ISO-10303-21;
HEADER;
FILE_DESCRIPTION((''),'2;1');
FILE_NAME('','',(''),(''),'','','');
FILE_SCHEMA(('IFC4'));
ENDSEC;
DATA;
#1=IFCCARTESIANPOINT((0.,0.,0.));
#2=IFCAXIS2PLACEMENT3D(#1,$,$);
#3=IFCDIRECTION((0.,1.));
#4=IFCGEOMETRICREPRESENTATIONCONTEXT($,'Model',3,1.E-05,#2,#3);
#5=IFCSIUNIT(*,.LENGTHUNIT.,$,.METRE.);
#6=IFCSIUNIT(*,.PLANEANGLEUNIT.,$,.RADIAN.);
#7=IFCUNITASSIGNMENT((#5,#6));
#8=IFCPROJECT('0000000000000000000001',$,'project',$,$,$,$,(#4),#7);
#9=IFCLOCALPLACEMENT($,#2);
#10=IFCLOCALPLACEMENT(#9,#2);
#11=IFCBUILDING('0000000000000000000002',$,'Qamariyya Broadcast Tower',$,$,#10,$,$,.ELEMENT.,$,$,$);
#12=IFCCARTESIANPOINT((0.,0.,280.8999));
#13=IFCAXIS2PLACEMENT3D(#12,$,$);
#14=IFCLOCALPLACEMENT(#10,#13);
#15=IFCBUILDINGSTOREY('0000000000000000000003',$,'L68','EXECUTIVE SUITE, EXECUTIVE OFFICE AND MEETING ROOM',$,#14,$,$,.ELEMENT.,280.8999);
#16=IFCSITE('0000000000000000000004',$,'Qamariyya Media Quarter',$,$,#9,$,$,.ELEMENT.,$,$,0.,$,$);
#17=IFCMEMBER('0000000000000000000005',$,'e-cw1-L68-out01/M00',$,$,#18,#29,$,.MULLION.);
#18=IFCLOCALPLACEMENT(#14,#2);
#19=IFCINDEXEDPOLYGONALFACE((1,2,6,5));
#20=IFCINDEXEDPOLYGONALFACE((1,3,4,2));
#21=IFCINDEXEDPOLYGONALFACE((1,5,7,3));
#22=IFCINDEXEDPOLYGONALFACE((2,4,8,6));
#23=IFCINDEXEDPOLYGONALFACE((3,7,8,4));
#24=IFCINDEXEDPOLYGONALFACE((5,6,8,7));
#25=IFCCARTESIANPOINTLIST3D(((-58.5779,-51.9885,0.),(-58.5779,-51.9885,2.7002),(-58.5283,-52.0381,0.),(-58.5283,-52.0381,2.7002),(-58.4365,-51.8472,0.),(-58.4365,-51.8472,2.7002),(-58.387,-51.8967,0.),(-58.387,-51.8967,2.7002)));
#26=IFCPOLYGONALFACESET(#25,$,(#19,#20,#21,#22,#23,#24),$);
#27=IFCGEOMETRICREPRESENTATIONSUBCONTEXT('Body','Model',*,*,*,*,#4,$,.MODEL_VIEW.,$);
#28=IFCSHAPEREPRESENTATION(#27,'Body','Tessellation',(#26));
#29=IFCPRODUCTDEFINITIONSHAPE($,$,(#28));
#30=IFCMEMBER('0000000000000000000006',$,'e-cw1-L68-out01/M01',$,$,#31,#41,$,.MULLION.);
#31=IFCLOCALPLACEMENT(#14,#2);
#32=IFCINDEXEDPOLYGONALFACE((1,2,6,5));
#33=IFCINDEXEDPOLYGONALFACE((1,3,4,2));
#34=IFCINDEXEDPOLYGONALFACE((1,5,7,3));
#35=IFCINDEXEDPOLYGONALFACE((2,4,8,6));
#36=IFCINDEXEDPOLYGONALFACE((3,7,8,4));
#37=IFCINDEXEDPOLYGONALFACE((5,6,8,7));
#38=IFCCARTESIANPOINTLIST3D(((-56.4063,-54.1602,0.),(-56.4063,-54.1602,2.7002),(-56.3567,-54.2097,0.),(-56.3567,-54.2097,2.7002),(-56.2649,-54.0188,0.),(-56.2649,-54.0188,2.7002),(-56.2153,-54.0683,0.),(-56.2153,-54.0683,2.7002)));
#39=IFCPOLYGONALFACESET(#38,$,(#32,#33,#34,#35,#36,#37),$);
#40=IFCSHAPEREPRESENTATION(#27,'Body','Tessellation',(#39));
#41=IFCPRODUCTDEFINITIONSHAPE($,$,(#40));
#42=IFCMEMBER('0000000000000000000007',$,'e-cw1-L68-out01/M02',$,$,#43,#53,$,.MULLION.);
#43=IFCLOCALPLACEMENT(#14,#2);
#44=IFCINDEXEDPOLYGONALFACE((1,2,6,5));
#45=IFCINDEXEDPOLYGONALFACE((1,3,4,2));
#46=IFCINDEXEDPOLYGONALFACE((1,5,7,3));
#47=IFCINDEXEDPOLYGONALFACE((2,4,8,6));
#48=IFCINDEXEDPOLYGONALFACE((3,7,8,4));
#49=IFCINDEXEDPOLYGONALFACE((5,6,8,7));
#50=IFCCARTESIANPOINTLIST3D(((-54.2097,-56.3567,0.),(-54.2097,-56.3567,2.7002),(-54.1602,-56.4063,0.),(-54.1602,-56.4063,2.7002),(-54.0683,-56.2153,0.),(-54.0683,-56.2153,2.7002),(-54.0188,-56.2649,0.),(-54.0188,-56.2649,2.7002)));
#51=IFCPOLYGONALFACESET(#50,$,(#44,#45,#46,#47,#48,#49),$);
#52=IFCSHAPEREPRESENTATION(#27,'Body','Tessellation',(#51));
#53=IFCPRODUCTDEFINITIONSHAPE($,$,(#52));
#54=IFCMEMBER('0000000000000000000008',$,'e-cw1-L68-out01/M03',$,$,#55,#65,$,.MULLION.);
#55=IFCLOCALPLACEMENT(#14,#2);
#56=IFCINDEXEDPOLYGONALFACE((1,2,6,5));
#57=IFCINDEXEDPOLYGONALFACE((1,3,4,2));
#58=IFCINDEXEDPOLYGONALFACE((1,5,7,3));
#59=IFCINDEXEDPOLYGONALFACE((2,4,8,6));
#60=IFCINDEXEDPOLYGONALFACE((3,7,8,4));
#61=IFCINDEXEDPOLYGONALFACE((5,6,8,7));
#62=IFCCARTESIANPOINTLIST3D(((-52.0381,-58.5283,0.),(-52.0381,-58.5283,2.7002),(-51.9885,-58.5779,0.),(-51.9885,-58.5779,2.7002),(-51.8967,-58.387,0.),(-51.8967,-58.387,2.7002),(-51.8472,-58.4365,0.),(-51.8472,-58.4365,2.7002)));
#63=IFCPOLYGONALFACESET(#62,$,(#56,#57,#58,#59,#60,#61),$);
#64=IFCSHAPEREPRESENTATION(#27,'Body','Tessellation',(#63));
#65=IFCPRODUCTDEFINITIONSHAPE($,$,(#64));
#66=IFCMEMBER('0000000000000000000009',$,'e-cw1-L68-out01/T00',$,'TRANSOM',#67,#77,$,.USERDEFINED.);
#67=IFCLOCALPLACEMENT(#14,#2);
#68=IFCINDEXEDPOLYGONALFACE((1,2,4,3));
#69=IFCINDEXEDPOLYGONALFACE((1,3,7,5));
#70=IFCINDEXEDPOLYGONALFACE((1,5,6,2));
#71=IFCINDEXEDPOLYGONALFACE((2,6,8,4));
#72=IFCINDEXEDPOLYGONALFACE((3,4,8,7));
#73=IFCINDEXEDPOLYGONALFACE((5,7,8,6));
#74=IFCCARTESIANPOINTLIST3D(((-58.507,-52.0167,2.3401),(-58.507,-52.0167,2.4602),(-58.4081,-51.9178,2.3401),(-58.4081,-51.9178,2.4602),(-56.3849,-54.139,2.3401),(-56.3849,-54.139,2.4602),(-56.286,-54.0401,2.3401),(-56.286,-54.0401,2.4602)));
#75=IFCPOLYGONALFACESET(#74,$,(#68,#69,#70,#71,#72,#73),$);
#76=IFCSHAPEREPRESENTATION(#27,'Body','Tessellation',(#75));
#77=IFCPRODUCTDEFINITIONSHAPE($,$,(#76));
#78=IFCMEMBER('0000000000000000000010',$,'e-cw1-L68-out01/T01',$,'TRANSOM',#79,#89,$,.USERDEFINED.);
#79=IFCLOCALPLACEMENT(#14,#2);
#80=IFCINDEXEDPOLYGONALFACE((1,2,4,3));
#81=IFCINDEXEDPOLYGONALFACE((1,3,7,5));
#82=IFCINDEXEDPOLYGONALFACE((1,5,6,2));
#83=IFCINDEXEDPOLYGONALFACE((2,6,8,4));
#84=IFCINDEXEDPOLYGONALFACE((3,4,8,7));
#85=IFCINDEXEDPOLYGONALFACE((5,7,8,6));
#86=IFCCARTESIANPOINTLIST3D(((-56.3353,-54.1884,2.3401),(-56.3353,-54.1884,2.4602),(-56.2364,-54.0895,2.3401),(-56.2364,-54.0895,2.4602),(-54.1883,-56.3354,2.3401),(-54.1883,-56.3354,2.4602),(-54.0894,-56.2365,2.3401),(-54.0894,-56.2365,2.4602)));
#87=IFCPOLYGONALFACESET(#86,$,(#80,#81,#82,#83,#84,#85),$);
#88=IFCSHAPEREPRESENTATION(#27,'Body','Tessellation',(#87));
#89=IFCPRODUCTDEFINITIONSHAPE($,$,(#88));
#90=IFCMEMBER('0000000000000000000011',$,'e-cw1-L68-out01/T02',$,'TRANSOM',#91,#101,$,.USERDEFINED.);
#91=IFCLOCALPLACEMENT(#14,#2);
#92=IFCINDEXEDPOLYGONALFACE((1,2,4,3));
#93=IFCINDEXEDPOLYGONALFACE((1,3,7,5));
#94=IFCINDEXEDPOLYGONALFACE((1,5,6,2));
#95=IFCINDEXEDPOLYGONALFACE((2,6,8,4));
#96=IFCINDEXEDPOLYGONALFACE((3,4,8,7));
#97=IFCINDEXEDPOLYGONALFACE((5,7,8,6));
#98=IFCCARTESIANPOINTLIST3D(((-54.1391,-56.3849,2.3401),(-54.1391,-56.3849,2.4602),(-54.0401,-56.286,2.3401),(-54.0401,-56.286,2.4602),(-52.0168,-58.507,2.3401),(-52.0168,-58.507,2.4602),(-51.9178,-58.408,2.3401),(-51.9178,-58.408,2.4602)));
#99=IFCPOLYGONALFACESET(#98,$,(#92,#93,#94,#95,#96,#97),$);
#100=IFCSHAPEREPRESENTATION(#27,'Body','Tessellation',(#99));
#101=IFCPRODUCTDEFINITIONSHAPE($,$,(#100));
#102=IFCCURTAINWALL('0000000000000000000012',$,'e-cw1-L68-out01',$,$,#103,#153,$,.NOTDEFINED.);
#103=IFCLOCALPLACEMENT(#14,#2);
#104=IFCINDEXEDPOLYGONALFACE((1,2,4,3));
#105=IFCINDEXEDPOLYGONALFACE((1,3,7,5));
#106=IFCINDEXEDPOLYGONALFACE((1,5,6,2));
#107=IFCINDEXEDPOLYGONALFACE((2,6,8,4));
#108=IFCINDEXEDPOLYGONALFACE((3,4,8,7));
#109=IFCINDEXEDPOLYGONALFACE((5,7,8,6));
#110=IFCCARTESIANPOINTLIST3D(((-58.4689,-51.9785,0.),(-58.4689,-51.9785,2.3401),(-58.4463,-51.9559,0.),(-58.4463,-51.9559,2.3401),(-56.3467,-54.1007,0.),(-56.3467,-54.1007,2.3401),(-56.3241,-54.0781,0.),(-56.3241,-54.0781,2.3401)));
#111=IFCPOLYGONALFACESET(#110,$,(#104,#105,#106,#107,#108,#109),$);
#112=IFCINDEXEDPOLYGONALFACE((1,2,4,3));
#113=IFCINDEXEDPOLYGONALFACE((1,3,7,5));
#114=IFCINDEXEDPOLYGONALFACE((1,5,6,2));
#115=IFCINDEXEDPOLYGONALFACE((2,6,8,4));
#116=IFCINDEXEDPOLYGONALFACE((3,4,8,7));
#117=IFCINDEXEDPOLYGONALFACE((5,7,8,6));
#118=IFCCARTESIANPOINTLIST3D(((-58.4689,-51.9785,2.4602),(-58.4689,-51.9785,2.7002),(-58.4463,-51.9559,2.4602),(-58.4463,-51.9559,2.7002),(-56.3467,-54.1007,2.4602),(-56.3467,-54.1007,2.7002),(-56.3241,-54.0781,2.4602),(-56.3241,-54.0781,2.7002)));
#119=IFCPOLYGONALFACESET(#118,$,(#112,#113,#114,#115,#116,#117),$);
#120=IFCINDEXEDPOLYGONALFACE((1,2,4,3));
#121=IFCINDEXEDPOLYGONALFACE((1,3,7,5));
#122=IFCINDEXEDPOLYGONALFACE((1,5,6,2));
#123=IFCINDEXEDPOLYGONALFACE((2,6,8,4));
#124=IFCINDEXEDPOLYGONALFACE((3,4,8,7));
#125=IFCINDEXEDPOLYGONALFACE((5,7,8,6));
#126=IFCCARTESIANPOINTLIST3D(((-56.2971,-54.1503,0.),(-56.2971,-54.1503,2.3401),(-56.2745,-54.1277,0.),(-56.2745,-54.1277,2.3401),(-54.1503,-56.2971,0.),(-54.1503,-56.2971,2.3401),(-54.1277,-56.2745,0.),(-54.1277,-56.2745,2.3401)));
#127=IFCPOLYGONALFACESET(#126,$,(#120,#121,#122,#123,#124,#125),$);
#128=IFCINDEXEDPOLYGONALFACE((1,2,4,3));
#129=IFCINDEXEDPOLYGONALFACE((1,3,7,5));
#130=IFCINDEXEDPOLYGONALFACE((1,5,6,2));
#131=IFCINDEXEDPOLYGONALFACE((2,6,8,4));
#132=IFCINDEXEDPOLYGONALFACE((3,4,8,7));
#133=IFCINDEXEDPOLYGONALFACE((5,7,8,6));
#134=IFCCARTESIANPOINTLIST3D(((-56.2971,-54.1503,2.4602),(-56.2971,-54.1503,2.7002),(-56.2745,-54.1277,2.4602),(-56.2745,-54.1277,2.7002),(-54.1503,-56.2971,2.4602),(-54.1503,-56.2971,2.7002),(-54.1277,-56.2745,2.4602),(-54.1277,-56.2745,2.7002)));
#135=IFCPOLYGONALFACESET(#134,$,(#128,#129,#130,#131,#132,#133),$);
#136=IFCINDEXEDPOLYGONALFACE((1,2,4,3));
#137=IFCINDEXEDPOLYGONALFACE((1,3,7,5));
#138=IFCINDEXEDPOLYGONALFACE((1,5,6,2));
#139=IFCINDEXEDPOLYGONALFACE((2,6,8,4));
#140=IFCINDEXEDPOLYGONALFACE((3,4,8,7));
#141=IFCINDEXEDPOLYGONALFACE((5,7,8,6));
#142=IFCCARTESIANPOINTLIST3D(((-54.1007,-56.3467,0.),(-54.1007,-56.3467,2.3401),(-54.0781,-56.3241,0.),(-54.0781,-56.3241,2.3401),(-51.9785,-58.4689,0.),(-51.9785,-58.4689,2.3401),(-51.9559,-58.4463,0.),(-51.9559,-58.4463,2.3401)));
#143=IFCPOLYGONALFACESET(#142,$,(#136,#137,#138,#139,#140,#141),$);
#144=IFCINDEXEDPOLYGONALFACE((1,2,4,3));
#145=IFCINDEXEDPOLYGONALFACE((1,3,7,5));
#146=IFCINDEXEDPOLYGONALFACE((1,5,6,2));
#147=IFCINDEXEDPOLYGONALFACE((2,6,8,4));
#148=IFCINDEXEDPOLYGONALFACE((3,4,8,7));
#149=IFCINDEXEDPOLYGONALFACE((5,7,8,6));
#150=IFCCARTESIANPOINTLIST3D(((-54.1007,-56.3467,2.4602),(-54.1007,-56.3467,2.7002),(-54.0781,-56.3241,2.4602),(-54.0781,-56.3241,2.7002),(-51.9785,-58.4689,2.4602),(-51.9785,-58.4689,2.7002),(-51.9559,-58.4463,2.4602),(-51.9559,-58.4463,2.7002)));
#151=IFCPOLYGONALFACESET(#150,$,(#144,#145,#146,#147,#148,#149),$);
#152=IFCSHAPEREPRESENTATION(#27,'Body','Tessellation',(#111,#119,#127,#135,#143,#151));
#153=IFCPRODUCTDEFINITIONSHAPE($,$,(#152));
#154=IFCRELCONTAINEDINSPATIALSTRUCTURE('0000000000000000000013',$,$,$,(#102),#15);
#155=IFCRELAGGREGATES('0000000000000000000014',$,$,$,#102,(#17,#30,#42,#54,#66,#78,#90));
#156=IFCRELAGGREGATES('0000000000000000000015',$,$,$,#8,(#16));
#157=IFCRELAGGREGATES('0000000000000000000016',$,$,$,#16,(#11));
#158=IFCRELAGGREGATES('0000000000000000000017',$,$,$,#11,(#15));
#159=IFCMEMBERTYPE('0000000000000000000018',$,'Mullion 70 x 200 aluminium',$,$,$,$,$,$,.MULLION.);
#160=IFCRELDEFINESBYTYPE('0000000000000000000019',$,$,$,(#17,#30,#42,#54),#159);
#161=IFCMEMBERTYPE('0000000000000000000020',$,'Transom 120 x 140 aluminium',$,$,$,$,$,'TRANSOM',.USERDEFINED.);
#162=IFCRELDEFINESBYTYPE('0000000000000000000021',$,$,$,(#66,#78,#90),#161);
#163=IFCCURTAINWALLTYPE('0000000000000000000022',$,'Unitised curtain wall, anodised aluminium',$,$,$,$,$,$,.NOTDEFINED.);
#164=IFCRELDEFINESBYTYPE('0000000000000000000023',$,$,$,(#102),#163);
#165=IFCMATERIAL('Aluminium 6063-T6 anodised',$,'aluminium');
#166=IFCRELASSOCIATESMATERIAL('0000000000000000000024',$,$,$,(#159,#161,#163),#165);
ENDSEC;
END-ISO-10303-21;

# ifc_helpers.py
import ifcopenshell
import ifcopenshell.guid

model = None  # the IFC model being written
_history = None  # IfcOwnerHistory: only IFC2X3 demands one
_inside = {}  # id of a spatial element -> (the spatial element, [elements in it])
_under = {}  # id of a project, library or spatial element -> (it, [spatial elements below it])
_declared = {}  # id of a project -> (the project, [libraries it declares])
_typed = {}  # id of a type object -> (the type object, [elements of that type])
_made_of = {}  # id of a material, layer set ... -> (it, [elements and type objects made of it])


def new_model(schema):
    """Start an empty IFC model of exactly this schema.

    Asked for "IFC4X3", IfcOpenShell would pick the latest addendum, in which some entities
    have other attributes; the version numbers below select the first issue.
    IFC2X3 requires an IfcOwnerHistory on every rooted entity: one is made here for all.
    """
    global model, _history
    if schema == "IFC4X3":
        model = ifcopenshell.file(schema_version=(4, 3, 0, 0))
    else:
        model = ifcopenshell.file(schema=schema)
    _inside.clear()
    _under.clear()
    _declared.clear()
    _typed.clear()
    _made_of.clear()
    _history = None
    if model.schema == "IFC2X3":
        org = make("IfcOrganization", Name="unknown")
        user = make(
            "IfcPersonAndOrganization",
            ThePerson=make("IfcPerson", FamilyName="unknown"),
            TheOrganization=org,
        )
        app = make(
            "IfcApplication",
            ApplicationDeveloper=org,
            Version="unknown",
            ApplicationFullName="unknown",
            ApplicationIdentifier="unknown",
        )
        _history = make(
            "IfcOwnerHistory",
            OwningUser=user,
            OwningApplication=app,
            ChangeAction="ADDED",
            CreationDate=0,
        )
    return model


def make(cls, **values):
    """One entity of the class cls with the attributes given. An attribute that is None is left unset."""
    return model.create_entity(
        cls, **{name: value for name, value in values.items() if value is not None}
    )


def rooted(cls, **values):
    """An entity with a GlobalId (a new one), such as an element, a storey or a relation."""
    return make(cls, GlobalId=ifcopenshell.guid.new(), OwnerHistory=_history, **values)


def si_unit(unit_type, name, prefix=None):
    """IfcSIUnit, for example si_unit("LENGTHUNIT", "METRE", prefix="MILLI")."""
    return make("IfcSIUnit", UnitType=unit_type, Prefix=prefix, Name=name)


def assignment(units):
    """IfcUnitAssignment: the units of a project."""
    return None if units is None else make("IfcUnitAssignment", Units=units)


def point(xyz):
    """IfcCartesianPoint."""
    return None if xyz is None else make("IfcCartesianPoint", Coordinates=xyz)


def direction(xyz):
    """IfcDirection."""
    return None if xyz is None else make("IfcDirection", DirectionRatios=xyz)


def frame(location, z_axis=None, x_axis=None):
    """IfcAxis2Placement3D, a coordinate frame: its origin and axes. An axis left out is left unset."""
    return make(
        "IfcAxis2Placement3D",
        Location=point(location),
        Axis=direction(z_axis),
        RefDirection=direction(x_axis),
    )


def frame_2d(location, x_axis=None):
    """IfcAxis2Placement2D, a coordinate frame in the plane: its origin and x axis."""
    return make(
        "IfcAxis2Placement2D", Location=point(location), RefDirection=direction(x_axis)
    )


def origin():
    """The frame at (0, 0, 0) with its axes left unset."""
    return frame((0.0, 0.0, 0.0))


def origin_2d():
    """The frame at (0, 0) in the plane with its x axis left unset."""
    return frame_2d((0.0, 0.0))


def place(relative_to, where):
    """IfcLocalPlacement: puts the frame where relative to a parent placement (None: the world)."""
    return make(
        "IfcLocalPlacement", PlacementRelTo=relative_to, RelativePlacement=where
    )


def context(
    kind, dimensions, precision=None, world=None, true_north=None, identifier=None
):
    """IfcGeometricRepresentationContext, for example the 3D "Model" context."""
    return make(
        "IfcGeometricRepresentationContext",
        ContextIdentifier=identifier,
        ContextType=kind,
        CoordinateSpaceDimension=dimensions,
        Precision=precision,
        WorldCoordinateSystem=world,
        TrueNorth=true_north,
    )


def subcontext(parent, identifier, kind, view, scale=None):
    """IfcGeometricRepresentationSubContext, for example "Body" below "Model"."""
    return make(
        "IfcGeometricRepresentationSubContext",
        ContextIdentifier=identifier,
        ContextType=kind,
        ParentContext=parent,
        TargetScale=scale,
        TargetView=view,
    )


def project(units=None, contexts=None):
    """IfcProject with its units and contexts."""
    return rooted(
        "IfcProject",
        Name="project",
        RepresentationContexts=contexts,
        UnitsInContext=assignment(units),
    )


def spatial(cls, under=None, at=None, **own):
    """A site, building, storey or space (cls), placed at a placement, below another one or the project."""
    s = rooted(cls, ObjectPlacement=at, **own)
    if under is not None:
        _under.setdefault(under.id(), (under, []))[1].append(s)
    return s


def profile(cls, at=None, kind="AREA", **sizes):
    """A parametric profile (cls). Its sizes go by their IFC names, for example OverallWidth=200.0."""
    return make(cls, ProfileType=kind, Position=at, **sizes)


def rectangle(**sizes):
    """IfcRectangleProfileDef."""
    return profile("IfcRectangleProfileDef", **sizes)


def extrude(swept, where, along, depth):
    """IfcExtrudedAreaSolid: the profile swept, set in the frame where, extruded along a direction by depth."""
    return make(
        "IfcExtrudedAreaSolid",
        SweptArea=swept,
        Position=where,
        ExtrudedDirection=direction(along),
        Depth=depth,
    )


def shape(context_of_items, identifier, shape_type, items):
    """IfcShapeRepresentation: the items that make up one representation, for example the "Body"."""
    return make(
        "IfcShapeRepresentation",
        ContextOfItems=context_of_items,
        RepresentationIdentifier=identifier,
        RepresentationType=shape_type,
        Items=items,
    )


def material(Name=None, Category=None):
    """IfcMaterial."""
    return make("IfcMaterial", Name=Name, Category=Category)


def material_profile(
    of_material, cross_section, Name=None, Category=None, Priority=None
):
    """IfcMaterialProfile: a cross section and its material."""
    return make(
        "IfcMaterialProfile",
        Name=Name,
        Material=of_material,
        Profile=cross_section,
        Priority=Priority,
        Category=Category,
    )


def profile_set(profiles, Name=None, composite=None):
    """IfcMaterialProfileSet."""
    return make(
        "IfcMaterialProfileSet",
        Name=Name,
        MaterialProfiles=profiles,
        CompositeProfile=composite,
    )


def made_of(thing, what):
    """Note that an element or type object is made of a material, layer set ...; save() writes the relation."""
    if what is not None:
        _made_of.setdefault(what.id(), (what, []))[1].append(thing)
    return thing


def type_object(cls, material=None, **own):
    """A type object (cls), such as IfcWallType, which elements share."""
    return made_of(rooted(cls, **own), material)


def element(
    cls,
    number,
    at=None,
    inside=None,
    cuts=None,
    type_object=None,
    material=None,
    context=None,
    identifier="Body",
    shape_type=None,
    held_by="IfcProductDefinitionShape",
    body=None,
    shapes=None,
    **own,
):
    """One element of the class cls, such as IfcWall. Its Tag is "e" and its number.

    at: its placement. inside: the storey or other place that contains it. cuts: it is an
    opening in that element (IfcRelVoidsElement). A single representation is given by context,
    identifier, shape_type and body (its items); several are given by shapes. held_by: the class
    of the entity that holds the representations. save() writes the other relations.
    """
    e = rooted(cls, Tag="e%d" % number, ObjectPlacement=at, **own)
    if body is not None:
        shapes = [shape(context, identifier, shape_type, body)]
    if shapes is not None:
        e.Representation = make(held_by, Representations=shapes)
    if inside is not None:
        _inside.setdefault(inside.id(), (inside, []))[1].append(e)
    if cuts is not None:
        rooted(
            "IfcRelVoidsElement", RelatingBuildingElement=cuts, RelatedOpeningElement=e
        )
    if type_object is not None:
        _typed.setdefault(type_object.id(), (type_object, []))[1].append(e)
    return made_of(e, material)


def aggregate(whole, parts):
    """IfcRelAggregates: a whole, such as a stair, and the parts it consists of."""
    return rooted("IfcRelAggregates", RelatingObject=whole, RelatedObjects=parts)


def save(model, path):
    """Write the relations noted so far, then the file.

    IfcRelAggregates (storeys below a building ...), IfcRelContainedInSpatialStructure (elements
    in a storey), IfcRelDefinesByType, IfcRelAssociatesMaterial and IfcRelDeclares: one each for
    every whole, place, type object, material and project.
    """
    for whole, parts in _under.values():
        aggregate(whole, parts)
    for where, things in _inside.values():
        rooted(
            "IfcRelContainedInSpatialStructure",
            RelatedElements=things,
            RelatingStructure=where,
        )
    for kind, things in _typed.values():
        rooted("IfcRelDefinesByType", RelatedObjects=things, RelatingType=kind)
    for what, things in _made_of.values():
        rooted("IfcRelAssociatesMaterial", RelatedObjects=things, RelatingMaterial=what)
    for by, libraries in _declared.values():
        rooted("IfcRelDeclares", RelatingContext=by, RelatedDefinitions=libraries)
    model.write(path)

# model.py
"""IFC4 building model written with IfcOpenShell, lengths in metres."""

from ifc_helpers import new_model, si_unit, direction, frame, origin, origin_2d, place, context, subcontext, project, spatial, rectangle, extrude, material, material_profile, profile_set, type_object, element, aggregate, save


model = new_model("IFC4")

# Units and contexts
model_context = context("Model", 3, precision=1e-05, world=origin(), true_north=direction((0.0, 1.0)))
body_context = subcontext(model_context, "Body", "Model", "MODEL_VIEW")
ifc_project = project(units=[si_unit("LENGTHUNIT", "METRE"), si_unit("PLANEANGLEUNIT", "RADIAN")], contexts=[model_context])

# Members
ifc_material = material(Name="Aluminium 6063-T6 anodised", Category="aluminium")
ifc_material_profile_1 = material_profile(ifc_material, rectangle(XDim=0.2, YDim=0.0701, at=origin_2d()))
ifc_profile_set_1 = profile_set([ifc_material_profile_1], Name="Aluminium 6063-T6 anodised")
member_type_1 = type_object("IfcMemberType", Name="Mullion 70 x 200 aluminium", PredefinedType="MULLION", material=ifc_profile_set_1)
site_placement = place(None, origin())
building_placement = place(site_placement, origin())
storey_placement = place(building_placement, frame((0.0, 0.0, 280.8999)))
member_1_placement = place(storey_placement, frame((-58.4824, -51.9426, 0.0), z_axis=(0.0, 0.0, 1.0), x_axis=(0.707107, 0.707107, 0.0)))
member_1 = element("IfcMember", 1, at=member_1_placement, type_object=member_type_1, Name="e-cw1-L68-out01/M00", PredefinedType="MULLION", context=body_context, shape_type="SweptSolid", body=[
    extrude(rectangle(XDim=0.2, YDim=0.0701, at=origin_2d()), origin(), (0.0, 0.0, 1.0), 2.7002),
])
member_2_placement = place(storey_placement, frame((-56.3108, -54.1143, 0.0), z_axis=(0.0, 0.0, 1.0), x_axis=(0.707107, 0.707107, 0.0)))
member_2 = element("IfcMember", 2, at=member_2_placement, type_object=member_type_1, Name="e-cw1-L68-out01/M01", PredefinedType="MULLION", context=body_context, shape_type="SweptSolid", body=[
    extrude(rectangle(XDim=0.2, YDim=0.0701, at=origin_2d()), origin(), (0.0, 0.0, 1.0), 2.7002),
])
member_3_placement = place(storey_placement, frame((-54.1143, -56.3108, 0.0), z_axis=(0.0, 0.0, 1.0), x_axis=(0.707107, 0.707107, 0.0)))
member_3 = element("IfcMember", 3, at=member_3_placement, type_object=member_type_1, Name="e-cw1-L68-out01/M02", PredefinedType="MULLION", context=body_context, shape_type="SweptSolid", body=[
    extrude(rectangle(XDim=0.2, YDim=0.0701, at=origin_2d()), origin(), (0.0, 0.0, 1.0), 2.7002),
])
member_4_placement = place(storey_placement, frame((-51.9426, -58.4824, 0.0), z_axis=(0.0, 0.0, 1.0), x_axis=(0.707107, 0.707107, 0.0)))
member_4 = element("IfcMember", 4, at=member_4_placement, type_object=member_type_1, Name="e-cw1-L68-out01/M03", PredefinedType="MULLION", context=body_context, shape_type="SweptSolid", body=[
    extrude(rectangle(XDim=0.2, YDim=0.0701, at=origin_2d()), origin(), (0.0, 0.0, 1.0), 2.7002),
])
ifc_material_profile_2 = material_profile(ifc_material, rectangle(XDim=0.1399, YDim=0.1201, at=origin_2d()))
ifc_profile_set_2 = profile_set([ifc_material_profile_2], Name="Aluminium 6063-T6 anodised")
member_type_2 = type_object("IfcMemberType", Name="Transom 120 x 140 aluminium", ElementType="TRANSOM", PredefinedType="USERDEFINED", material=ifc_profile_set_2)
member_5_placement = place(storey_placement, frame((-58.4575, -51.9673, 2.4001), z_axis=(0.707066, -0.707147, 0.0), x_axis=(0.707147, 0.707066, 0.0)))
member_5 = element("IfcMember", 5, at=member_5_placement, type_object=member_type_2, Name="e-cw1-L68-out01/T00", ObjectType="TRANSOM", PredefinedType="USERDEFINED", context=body_context, shape_type="SweptSolid", body=[
    extrude(rectangle(XDim=0.1399, YDim=0.1201, at=origin_2d()), origin(), (0.0, 0.0, 1.0), 3.0012),
])
member_6_placement = place(storey_placement, frame((-56.2859, -54.1389, 2.4001), z_axis=(0.707107, -0.707107, 0.0), x_axis=(0.707107, 0.707107, 0.0)))
member_6 = element("IfcMember", 6, at=member_6_placement, type_object=member_type_2, Name="e-cw1-L68-out01/T01", ObjectType="TRANSOM", PredefinedType="USERDEFINED", context=body_context, shape_type="SweptSolid", body=[
    extrude(rectangle(XDim=0.1399, YDim=0.1201, at=origin_2d()), origin(), (0.0, 0.0, 1.0), 3.0364),
])
member_7_placement = place(storey_placement, frame((-54.0896, -56.3354, 2.4001), z_axis=(0.707147, -0.707066, 0.0), x_axis=(0.707066, 0.707147, 0.0)))
member_7 = element("IfcMember", 7, at=member_7_placement, type_object=member_type_2, Name="e-cw1-L68-out01/T02", ObjectType="TRANSOM", PredefinedType="USERDEFINED", context=body_context, shape_type="SweptSolid", body=[
    extrude(rectangle(XDim=0.1399, YDim=0.1201, at=origin_2d()), origin(), (0.0, 0.0, 1.0), 3.0012),
])

# Site, building, storey
site = spatial("IfcSite", under=ifc_project, at=site_placement, Name="Qamariyya Media Quarter", CompositionType="ELEMENT", RefElevation=0.0)
building = spatial("IfcBuilding", under=site, at=building_placement, Name="Qamariyya Broadcast Tower", CompositionType="ELEMENT")
storey = spatial("IfcBuildingStorey", under=building, at=storey_placement, Name="L68", Description="EXECUTIVE SUITE, EXECUTIVE OFFICE AND MEETING ROOM", CompositionType="ELEMENT", Elevation=280.8999)

# Curtain wall
curtain_wall_type = type_object("IfcCurtainWallType", Name="Unitised curtain wall, anodised aluminium", PredefinedType="NOTDEFINED", material=ifc_material)
curtain_wall_1_placement = place(storey_placement, origin())
curtain_wall_1 = element("IfcCurtainWall", 8, at=curtain_wall_1_placement, inside=storey, type_object=curtain_wall_type, Name="e-cw1-L68-out01", PredefinedType="NOTDEFINED", context=body_context, shape_type="SweptSolid", body=[
    extrude(rectangle(XDim=3.0012, YDim=0.032, at=origin_2d()), frame((-57.3965, -53.0283, 0.0), x_axis=(0.707107, -0.707107, 0.0)), (0.0, 0.0, 1.0), 2.3401),
    extrude(rectangle(XDim=3.0012, YDim=0.032, at=origin_2d()), frame((-57.3965, -53.0283, 2.4602), x_axis=(0.707107, -0.707107, 0.0)), (0.0, 0.0, 1.0), 0.24),
    extrude(rectangle(XDim=3.0361, YDim=0.032, at=origin_2d()), frame((-55.2124, -55.2124, 0.0), x_axis=(0.707107, -0.707107, 0.0)), (0.0, 0.0, 1.0), 2.3401),
    extrude(rectangle(XDim=3.0361, YDim=0.032, at=origin_2d()), frame((-55.2124, -55.2124, 2.4602), x_axis=(0.707107, -0.707107, 0.0)), (0.0, 0.0, 1.0), 0.24),
    extrude(rectangle(XDim=3.0012, YDim=0.032, at=origin_2d()), frame((-53.0283, -57.3965, 0.0), x_axis=(0.707107, -0.707107, 0.0)), (0.0, 0.0, 1.0), 2.3401),
    extrude(rectangle(XDim=3.0012, YDim=0.032, at=origin_2d()), frame((-53.0283, -57.3965, 2.4602), x_axis=(0.707107, -0.707107, 0.0)), (0.0, 0.0, 1.0), 0.24),
])
aggregate(curtain_wall_1, [member_1, member_2, member_3, member_4, member_5, member_6, member_7])

save(model, "model.ifc")
